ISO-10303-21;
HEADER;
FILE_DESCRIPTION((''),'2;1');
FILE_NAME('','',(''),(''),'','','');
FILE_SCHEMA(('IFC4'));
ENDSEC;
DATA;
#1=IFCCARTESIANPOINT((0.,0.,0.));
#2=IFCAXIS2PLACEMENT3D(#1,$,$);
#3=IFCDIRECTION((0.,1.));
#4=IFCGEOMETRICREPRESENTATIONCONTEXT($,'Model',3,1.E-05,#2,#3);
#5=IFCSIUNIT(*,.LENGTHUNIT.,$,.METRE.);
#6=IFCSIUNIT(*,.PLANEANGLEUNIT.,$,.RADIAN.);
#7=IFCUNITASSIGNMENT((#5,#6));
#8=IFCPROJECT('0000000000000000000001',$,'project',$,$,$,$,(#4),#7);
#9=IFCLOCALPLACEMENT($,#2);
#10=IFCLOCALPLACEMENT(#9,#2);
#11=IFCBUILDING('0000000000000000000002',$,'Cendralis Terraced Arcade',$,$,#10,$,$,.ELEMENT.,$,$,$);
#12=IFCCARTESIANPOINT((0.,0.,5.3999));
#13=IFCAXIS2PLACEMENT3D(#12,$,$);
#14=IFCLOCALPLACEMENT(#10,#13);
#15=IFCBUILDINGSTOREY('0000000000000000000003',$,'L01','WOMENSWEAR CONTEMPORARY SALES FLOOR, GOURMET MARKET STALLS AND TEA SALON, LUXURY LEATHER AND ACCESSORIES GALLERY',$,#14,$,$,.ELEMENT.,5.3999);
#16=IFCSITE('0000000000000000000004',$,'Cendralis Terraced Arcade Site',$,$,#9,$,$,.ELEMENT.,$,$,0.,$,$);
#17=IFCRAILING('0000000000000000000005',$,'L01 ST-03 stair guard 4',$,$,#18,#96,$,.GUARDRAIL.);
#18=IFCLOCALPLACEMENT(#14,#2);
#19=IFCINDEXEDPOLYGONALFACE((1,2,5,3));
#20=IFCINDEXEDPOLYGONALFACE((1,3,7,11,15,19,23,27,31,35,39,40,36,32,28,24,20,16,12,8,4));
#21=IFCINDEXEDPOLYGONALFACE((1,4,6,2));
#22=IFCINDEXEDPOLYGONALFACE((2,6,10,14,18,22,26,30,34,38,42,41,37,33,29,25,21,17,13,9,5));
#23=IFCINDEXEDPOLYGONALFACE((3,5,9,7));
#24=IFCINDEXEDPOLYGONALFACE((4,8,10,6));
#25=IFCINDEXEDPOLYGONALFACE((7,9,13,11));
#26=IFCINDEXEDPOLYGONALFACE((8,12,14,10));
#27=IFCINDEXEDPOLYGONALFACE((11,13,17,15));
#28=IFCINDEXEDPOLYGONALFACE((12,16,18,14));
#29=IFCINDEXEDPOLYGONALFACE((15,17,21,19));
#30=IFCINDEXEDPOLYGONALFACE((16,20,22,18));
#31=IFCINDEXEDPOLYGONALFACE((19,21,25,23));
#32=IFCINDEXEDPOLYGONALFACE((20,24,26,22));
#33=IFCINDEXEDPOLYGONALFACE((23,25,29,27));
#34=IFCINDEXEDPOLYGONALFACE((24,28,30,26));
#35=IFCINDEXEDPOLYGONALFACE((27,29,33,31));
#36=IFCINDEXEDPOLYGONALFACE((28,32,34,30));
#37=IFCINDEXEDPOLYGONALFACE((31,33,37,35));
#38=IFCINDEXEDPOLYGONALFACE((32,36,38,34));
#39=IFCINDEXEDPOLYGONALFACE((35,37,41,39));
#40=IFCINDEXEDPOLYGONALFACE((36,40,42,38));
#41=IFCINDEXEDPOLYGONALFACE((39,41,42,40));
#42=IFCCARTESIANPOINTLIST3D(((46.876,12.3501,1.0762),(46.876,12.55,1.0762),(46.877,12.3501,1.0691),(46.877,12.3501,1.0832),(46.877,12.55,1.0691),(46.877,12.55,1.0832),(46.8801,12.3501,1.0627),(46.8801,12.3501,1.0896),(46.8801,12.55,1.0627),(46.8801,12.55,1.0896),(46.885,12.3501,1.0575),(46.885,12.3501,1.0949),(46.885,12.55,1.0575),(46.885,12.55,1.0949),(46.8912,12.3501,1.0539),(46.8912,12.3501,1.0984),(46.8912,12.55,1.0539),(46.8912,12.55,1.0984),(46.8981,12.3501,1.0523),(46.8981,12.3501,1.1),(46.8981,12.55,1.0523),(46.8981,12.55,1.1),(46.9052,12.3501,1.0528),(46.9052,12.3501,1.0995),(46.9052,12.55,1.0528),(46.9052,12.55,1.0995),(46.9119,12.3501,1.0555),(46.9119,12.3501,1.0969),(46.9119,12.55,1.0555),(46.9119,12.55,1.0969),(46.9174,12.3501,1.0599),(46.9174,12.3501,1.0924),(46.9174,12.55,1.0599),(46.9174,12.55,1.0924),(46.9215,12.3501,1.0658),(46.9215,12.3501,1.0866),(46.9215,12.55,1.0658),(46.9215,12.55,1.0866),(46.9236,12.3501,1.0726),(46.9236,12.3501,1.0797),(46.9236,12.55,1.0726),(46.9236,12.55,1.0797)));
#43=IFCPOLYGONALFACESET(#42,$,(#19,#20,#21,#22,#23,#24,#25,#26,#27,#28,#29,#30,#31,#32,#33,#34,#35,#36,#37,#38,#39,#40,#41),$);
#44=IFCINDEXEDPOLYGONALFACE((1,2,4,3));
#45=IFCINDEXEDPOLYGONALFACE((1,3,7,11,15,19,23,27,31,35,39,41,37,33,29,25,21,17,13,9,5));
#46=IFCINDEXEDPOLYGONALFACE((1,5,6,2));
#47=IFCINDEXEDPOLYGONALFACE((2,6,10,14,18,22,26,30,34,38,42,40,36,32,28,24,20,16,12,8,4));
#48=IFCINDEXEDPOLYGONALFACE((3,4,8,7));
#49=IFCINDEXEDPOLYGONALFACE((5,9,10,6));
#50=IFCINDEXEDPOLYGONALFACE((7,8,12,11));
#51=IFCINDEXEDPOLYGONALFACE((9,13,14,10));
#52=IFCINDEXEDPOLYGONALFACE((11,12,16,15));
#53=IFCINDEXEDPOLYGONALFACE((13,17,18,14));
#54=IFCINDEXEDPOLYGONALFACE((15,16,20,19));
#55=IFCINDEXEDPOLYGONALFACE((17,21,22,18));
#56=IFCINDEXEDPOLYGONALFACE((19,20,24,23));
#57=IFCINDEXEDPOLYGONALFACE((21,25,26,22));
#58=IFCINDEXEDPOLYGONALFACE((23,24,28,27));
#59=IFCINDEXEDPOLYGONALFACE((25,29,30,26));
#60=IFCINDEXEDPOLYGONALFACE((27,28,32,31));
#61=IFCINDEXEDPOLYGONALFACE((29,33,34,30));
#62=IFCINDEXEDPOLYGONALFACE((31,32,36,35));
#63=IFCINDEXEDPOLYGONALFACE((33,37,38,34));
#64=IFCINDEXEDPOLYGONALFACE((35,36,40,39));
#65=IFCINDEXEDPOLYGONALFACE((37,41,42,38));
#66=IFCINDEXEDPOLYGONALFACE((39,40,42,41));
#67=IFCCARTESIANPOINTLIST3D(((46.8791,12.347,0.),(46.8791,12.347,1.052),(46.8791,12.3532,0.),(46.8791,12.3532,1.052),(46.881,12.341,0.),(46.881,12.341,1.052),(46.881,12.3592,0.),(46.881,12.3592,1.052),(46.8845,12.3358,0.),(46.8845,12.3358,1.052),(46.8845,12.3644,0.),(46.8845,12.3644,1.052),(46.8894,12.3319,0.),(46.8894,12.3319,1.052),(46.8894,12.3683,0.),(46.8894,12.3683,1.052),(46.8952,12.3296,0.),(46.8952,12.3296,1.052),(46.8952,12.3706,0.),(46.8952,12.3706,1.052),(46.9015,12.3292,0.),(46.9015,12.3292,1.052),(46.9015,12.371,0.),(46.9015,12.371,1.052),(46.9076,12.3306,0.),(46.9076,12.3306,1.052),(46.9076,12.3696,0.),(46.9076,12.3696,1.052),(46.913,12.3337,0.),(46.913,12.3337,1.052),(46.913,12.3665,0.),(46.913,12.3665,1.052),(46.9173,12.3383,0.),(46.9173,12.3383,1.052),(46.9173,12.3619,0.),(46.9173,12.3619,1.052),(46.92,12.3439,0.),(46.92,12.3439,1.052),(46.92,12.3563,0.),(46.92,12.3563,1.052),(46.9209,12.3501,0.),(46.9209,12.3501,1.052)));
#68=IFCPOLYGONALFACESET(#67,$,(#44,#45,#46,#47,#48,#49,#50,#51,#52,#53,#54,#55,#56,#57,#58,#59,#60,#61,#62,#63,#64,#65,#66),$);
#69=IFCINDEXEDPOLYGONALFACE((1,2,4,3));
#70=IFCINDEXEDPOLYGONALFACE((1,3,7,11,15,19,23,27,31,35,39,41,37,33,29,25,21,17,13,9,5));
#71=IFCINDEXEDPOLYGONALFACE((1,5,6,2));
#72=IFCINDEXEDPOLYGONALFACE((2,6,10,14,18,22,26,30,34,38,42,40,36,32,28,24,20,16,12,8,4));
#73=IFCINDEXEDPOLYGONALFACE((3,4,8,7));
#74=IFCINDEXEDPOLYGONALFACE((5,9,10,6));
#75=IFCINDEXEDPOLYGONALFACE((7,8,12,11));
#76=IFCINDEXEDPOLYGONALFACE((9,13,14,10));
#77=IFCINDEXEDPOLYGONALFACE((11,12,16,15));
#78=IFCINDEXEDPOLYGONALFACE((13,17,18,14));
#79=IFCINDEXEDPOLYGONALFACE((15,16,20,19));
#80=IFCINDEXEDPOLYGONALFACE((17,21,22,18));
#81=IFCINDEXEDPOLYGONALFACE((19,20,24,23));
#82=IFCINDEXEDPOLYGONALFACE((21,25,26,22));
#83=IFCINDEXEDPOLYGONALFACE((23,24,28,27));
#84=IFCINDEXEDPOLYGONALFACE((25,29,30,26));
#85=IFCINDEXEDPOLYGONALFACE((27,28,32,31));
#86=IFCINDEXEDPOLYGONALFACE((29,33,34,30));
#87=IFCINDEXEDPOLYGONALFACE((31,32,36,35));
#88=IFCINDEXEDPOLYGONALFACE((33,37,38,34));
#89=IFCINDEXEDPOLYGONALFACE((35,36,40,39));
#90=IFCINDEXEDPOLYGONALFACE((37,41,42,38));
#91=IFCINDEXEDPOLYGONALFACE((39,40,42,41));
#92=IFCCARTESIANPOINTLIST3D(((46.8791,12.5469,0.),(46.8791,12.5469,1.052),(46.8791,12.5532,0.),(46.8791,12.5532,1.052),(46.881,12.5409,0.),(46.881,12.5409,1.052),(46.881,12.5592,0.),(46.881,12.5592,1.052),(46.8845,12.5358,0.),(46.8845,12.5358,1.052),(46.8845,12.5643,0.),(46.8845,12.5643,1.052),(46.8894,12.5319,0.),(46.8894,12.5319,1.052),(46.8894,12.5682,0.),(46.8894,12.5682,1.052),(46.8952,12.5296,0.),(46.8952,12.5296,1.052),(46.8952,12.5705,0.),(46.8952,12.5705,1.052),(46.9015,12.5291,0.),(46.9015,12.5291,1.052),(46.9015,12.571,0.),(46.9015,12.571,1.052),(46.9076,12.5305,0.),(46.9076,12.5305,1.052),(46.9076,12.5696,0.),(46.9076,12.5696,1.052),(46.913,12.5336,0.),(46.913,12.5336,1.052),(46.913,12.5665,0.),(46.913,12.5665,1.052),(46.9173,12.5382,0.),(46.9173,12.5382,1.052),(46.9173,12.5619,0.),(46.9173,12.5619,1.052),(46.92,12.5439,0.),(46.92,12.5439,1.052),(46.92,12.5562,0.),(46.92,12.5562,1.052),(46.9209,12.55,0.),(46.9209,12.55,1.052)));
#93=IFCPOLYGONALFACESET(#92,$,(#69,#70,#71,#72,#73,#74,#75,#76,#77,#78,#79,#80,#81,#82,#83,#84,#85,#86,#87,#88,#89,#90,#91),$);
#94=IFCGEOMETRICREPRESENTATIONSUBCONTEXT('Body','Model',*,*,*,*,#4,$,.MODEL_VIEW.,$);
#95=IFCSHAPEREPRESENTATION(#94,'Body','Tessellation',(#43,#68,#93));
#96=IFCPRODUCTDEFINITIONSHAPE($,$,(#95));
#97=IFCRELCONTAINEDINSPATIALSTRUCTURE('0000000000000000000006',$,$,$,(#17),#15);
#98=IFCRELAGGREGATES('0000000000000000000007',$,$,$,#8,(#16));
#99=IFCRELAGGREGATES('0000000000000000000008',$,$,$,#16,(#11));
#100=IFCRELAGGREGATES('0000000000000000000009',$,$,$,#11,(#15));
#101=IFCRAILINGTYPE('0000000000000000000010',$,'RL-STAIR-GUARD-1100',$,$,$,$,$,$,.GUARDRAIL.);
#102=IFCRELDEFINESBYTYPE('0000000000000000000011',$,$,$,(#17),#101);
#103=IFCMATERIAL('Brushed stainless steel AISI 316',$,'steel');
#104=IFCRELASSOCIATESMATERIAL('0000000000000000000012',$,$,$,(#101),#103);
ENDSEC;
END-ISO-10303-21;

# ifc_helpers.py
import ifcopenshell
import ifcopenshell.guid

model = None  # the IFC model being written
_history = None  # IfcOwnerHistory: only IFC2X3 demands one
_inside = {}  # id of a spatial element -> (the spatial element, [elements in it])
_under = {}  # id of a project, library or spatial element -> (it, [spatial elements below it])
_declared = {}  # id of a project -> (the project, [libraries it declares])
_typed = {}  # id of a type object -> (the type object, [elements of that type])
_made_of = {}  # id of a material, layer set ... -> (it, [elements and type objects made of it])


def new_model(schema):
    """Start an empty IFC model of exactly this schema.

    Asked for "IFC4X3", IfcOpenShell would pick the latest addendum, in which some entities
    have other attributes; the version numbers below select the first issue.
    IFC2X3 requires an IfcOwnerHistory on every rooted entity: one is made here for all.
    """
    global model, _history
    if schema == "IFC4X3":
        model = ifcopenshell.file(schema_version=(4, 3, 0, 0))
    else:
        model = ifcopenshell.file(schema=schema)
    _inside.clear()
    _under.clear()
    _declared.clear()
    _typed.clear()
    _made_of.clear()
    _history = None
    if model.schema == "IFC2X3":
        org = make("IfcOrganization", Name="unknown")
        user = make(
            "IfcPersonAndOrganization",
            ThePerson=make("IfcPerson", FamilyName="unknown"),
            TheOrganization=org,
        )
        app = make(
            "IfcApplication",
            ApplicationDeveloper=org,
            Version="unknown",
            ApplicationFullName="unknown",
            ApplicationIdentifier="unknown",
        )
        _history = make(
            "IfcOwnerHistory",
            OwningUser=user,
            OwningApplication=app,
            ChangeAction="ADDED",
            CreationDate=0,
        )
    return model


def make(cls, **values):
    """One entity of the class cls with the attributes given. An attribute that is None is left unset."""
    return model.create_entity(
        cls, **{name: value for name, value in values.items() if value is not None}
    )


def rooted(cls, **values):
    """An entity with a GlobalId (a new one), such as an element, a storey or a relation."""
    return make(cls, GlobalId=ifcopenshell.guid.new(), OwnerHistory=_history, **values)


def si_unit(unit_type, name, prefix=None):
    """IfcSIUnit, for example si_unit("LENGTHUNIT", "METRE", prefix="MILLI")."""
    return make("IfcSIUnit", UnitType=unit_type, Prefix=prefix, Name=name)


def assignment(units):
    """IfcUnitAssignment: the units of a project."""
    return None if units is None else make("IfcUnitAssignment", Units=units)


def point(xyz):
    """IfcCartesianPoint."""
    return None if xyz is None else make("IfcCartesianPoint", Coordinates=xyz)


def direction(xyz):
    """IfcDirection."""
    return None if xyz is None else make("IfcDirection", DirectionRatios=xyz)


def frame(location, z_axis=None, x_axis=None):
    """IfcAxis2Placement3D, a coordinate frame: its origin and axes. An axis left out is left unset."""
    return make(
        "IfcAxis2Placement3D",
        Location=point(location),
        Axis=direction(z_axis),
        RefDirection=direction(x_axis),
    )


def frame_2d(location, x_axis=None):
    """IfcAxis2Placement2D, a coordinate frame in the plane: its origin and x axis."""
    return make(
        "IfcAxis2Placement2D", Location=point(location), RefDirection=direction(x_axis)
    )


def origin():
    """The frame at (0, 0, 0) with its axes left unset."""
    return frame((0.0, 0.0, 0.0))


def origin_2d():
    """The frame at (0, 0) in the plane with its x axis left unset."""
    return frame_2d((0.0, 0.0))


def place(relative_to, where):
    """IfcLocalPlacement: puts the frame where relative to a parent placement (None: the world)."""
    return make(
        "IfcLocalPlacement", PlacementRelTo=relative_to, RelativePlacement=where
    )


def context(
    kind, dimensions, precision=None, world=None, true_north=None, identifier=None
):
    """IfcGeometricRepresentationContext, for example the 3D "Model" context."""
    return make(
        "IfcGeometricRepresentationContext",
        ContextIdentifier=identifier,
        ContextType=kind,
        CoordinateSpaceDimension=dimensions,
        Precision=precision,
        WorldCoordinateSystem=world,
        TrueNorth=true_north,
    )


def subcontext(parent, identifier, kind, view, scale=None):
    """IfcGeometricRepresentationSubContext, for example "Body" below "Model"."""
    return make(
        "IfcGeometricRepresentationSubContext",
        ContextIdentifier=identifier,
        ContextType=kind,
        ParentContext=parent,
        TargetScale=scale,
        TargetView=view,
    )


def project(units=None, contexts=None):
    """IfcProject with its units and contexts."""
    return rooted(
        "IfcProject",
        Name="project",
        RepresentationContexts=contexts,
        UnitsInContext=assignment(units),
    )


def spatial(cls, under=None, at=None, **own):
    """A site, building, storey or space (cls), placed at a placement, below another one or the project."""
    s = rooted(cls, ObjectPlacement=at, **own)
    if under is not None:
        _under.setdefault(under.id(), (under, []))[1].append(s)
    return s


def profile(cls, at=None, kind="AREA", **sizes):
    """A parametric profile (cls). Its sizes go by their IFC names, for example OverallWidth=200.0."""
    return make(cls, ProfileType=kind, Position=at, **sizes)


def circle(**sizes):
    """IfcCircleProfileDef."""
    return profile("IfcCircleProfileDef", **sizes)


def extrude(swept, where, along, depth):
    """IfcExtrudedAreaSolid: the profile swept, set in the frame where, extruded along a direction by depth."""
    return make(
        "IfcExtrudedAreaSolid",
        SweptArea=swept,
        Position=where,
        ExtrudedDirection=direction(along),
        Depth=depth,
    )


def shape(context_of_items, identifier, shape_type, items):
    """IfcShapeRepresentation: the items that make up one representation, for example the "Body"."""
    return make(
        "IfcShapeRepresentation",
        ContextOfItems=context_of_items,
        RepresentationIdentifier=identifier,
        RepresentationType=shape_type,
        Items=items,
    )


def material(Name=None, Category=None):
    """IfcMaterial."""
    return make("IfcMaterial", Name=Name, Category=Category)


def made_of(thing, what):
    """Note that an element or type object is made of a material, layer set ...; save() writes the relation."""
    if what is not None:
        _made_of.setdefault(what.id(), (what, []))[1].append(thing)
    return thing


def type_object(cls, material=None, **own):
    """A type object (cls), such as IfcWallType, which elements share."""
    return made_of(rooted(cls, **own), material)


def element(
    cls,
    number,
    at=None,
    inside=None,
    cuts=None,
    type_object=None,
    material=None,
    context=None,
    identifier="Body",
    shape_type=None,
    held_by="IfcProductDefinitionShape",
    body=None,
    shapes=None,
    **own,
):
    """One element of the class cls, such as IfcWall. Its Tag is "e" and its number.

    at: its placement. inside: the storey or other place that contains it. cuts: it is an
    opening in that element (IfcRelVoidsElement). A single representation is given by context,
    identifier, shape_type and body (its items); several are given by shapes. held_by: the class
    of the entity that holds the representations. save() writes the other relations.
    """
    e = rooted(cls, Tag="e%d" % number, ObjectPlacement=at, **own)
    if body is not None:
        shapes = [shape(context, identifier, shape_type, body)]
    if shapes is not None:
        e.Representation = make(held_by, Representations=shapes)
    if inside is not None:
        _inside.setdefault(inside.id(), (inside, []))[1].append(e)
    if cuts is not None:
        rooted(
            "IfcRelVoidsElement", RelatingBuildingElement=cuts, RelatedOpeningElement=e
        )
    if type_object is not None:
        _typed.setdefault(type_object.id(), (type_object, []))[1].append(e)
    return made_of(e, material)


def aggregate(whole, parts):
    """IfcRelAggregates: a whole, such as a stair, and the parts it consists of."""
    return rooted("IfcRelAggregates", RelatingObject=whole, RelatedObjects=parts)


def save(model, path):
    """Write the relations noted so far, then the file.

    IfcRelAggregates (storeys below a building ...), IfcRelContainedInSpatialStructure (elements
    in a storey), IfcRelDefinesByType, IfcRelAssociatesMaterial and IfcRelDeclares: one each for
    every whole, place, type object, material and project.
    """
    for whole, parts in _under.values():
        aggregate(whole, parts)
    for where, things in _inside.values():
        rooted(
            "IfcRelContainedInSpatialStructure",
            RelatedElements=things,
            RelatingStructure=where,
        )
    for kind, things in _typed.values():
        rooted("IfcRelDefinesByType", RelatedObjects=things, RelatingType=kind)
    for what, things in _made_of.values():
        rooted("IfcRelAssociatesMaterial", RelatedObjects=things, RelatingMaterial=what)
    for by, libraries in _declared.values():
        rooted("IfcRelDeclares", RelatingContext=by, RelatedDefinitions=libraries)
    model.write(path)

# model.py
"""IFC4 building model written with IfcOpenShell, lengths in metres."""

from ifc_helpers import new_model, si_unit, direction, frame, origin, origin_2d, place, context, subcontext, project, spatial, circle, extrude, material, type_object, element, save


model = new_model("IFC4")

# Units and contexts
model_context = context("Model", 3, precision=1e-05, world=origin(), true_north=direction((0.0, 1.0)))
body_context = subcontext(model_context, "Body", "Model", "MODEL_VIEW")
ifc_project = project(units=[si_unit("LENGTHUNIT", "METRE"), si_unit("PLANEANGLEUNIT", "RADIAN")], contexts=[model_context])

# Site, building, storey
site_placement = place(None, origin())
site = spatial("IfcSite", under=ifc_project, at=site_placement, Name="Cendralis Terraced Arcade Site", CompositionType="ELEMENT", RefElevation=0.0)
building_placement = place(site_placement, origin())
building = spatial("IfcBuilding", under=site, at=building_placement, Name="Cendralis Terraced Arcade", CompositionType="ELEMENT")
storey_placement = place(building_placement, frame((0.0, 0.0, 5.3999)))
storey = spatial("IfcBuildingStorey", under=building, at=storey_placement, Name="L01", Description="WOMENSWEAR CONTEMPORARY SALES FLOOR, GOURMET MARKET STALLS AND TEA SALON, LUXURY LEATHER AND ACCESSORIES GALLERY", CompositionType="ELEMENT", Elevation=5.3999)

# Railing
ifc_material_1 = material(Name="Brushed stainless steel AISI 316", Category="steel")
railing_type_1 = type_object("IfcRailingType", Name="RL-STAIR-GUARD-1100", PredefinedType="GUARDRAIL", material=ifc_material_1)
railing_1_placement = place(storey_placement, frame((46.8999, 12.3501, 0.0)))
element("IfcRailing", 1, at=railing_1_placement, inside=storey, type_object=railing_type_1, Name="L01 ST-03 stair guard 4", PredefinedType="GUARDRAIL", context=body_context, shape_type="SweptSolid", body=[
    extrude(circle(Radius=0.0239, at=origin_2d()), frame((0.0, 0.0, 1.0762), z_axis=(0.0, 1.0, 0.0), x_axis=(-1.0, 0.0, 0.0)), (0.0, 0.0, 1.0), 0.2),
    extrude(circle(Radius=0.021, at=origin_2d()), origin(), (0.0, 0.0, 1.0), 1.052),
    extrude(circle(Radius=0.021, at=origin_2d()), frame((0.0, 0.2, 0.0)), (0.0, 0.0, 1.0), 1.052),
])

save(model, "model.ifc")
